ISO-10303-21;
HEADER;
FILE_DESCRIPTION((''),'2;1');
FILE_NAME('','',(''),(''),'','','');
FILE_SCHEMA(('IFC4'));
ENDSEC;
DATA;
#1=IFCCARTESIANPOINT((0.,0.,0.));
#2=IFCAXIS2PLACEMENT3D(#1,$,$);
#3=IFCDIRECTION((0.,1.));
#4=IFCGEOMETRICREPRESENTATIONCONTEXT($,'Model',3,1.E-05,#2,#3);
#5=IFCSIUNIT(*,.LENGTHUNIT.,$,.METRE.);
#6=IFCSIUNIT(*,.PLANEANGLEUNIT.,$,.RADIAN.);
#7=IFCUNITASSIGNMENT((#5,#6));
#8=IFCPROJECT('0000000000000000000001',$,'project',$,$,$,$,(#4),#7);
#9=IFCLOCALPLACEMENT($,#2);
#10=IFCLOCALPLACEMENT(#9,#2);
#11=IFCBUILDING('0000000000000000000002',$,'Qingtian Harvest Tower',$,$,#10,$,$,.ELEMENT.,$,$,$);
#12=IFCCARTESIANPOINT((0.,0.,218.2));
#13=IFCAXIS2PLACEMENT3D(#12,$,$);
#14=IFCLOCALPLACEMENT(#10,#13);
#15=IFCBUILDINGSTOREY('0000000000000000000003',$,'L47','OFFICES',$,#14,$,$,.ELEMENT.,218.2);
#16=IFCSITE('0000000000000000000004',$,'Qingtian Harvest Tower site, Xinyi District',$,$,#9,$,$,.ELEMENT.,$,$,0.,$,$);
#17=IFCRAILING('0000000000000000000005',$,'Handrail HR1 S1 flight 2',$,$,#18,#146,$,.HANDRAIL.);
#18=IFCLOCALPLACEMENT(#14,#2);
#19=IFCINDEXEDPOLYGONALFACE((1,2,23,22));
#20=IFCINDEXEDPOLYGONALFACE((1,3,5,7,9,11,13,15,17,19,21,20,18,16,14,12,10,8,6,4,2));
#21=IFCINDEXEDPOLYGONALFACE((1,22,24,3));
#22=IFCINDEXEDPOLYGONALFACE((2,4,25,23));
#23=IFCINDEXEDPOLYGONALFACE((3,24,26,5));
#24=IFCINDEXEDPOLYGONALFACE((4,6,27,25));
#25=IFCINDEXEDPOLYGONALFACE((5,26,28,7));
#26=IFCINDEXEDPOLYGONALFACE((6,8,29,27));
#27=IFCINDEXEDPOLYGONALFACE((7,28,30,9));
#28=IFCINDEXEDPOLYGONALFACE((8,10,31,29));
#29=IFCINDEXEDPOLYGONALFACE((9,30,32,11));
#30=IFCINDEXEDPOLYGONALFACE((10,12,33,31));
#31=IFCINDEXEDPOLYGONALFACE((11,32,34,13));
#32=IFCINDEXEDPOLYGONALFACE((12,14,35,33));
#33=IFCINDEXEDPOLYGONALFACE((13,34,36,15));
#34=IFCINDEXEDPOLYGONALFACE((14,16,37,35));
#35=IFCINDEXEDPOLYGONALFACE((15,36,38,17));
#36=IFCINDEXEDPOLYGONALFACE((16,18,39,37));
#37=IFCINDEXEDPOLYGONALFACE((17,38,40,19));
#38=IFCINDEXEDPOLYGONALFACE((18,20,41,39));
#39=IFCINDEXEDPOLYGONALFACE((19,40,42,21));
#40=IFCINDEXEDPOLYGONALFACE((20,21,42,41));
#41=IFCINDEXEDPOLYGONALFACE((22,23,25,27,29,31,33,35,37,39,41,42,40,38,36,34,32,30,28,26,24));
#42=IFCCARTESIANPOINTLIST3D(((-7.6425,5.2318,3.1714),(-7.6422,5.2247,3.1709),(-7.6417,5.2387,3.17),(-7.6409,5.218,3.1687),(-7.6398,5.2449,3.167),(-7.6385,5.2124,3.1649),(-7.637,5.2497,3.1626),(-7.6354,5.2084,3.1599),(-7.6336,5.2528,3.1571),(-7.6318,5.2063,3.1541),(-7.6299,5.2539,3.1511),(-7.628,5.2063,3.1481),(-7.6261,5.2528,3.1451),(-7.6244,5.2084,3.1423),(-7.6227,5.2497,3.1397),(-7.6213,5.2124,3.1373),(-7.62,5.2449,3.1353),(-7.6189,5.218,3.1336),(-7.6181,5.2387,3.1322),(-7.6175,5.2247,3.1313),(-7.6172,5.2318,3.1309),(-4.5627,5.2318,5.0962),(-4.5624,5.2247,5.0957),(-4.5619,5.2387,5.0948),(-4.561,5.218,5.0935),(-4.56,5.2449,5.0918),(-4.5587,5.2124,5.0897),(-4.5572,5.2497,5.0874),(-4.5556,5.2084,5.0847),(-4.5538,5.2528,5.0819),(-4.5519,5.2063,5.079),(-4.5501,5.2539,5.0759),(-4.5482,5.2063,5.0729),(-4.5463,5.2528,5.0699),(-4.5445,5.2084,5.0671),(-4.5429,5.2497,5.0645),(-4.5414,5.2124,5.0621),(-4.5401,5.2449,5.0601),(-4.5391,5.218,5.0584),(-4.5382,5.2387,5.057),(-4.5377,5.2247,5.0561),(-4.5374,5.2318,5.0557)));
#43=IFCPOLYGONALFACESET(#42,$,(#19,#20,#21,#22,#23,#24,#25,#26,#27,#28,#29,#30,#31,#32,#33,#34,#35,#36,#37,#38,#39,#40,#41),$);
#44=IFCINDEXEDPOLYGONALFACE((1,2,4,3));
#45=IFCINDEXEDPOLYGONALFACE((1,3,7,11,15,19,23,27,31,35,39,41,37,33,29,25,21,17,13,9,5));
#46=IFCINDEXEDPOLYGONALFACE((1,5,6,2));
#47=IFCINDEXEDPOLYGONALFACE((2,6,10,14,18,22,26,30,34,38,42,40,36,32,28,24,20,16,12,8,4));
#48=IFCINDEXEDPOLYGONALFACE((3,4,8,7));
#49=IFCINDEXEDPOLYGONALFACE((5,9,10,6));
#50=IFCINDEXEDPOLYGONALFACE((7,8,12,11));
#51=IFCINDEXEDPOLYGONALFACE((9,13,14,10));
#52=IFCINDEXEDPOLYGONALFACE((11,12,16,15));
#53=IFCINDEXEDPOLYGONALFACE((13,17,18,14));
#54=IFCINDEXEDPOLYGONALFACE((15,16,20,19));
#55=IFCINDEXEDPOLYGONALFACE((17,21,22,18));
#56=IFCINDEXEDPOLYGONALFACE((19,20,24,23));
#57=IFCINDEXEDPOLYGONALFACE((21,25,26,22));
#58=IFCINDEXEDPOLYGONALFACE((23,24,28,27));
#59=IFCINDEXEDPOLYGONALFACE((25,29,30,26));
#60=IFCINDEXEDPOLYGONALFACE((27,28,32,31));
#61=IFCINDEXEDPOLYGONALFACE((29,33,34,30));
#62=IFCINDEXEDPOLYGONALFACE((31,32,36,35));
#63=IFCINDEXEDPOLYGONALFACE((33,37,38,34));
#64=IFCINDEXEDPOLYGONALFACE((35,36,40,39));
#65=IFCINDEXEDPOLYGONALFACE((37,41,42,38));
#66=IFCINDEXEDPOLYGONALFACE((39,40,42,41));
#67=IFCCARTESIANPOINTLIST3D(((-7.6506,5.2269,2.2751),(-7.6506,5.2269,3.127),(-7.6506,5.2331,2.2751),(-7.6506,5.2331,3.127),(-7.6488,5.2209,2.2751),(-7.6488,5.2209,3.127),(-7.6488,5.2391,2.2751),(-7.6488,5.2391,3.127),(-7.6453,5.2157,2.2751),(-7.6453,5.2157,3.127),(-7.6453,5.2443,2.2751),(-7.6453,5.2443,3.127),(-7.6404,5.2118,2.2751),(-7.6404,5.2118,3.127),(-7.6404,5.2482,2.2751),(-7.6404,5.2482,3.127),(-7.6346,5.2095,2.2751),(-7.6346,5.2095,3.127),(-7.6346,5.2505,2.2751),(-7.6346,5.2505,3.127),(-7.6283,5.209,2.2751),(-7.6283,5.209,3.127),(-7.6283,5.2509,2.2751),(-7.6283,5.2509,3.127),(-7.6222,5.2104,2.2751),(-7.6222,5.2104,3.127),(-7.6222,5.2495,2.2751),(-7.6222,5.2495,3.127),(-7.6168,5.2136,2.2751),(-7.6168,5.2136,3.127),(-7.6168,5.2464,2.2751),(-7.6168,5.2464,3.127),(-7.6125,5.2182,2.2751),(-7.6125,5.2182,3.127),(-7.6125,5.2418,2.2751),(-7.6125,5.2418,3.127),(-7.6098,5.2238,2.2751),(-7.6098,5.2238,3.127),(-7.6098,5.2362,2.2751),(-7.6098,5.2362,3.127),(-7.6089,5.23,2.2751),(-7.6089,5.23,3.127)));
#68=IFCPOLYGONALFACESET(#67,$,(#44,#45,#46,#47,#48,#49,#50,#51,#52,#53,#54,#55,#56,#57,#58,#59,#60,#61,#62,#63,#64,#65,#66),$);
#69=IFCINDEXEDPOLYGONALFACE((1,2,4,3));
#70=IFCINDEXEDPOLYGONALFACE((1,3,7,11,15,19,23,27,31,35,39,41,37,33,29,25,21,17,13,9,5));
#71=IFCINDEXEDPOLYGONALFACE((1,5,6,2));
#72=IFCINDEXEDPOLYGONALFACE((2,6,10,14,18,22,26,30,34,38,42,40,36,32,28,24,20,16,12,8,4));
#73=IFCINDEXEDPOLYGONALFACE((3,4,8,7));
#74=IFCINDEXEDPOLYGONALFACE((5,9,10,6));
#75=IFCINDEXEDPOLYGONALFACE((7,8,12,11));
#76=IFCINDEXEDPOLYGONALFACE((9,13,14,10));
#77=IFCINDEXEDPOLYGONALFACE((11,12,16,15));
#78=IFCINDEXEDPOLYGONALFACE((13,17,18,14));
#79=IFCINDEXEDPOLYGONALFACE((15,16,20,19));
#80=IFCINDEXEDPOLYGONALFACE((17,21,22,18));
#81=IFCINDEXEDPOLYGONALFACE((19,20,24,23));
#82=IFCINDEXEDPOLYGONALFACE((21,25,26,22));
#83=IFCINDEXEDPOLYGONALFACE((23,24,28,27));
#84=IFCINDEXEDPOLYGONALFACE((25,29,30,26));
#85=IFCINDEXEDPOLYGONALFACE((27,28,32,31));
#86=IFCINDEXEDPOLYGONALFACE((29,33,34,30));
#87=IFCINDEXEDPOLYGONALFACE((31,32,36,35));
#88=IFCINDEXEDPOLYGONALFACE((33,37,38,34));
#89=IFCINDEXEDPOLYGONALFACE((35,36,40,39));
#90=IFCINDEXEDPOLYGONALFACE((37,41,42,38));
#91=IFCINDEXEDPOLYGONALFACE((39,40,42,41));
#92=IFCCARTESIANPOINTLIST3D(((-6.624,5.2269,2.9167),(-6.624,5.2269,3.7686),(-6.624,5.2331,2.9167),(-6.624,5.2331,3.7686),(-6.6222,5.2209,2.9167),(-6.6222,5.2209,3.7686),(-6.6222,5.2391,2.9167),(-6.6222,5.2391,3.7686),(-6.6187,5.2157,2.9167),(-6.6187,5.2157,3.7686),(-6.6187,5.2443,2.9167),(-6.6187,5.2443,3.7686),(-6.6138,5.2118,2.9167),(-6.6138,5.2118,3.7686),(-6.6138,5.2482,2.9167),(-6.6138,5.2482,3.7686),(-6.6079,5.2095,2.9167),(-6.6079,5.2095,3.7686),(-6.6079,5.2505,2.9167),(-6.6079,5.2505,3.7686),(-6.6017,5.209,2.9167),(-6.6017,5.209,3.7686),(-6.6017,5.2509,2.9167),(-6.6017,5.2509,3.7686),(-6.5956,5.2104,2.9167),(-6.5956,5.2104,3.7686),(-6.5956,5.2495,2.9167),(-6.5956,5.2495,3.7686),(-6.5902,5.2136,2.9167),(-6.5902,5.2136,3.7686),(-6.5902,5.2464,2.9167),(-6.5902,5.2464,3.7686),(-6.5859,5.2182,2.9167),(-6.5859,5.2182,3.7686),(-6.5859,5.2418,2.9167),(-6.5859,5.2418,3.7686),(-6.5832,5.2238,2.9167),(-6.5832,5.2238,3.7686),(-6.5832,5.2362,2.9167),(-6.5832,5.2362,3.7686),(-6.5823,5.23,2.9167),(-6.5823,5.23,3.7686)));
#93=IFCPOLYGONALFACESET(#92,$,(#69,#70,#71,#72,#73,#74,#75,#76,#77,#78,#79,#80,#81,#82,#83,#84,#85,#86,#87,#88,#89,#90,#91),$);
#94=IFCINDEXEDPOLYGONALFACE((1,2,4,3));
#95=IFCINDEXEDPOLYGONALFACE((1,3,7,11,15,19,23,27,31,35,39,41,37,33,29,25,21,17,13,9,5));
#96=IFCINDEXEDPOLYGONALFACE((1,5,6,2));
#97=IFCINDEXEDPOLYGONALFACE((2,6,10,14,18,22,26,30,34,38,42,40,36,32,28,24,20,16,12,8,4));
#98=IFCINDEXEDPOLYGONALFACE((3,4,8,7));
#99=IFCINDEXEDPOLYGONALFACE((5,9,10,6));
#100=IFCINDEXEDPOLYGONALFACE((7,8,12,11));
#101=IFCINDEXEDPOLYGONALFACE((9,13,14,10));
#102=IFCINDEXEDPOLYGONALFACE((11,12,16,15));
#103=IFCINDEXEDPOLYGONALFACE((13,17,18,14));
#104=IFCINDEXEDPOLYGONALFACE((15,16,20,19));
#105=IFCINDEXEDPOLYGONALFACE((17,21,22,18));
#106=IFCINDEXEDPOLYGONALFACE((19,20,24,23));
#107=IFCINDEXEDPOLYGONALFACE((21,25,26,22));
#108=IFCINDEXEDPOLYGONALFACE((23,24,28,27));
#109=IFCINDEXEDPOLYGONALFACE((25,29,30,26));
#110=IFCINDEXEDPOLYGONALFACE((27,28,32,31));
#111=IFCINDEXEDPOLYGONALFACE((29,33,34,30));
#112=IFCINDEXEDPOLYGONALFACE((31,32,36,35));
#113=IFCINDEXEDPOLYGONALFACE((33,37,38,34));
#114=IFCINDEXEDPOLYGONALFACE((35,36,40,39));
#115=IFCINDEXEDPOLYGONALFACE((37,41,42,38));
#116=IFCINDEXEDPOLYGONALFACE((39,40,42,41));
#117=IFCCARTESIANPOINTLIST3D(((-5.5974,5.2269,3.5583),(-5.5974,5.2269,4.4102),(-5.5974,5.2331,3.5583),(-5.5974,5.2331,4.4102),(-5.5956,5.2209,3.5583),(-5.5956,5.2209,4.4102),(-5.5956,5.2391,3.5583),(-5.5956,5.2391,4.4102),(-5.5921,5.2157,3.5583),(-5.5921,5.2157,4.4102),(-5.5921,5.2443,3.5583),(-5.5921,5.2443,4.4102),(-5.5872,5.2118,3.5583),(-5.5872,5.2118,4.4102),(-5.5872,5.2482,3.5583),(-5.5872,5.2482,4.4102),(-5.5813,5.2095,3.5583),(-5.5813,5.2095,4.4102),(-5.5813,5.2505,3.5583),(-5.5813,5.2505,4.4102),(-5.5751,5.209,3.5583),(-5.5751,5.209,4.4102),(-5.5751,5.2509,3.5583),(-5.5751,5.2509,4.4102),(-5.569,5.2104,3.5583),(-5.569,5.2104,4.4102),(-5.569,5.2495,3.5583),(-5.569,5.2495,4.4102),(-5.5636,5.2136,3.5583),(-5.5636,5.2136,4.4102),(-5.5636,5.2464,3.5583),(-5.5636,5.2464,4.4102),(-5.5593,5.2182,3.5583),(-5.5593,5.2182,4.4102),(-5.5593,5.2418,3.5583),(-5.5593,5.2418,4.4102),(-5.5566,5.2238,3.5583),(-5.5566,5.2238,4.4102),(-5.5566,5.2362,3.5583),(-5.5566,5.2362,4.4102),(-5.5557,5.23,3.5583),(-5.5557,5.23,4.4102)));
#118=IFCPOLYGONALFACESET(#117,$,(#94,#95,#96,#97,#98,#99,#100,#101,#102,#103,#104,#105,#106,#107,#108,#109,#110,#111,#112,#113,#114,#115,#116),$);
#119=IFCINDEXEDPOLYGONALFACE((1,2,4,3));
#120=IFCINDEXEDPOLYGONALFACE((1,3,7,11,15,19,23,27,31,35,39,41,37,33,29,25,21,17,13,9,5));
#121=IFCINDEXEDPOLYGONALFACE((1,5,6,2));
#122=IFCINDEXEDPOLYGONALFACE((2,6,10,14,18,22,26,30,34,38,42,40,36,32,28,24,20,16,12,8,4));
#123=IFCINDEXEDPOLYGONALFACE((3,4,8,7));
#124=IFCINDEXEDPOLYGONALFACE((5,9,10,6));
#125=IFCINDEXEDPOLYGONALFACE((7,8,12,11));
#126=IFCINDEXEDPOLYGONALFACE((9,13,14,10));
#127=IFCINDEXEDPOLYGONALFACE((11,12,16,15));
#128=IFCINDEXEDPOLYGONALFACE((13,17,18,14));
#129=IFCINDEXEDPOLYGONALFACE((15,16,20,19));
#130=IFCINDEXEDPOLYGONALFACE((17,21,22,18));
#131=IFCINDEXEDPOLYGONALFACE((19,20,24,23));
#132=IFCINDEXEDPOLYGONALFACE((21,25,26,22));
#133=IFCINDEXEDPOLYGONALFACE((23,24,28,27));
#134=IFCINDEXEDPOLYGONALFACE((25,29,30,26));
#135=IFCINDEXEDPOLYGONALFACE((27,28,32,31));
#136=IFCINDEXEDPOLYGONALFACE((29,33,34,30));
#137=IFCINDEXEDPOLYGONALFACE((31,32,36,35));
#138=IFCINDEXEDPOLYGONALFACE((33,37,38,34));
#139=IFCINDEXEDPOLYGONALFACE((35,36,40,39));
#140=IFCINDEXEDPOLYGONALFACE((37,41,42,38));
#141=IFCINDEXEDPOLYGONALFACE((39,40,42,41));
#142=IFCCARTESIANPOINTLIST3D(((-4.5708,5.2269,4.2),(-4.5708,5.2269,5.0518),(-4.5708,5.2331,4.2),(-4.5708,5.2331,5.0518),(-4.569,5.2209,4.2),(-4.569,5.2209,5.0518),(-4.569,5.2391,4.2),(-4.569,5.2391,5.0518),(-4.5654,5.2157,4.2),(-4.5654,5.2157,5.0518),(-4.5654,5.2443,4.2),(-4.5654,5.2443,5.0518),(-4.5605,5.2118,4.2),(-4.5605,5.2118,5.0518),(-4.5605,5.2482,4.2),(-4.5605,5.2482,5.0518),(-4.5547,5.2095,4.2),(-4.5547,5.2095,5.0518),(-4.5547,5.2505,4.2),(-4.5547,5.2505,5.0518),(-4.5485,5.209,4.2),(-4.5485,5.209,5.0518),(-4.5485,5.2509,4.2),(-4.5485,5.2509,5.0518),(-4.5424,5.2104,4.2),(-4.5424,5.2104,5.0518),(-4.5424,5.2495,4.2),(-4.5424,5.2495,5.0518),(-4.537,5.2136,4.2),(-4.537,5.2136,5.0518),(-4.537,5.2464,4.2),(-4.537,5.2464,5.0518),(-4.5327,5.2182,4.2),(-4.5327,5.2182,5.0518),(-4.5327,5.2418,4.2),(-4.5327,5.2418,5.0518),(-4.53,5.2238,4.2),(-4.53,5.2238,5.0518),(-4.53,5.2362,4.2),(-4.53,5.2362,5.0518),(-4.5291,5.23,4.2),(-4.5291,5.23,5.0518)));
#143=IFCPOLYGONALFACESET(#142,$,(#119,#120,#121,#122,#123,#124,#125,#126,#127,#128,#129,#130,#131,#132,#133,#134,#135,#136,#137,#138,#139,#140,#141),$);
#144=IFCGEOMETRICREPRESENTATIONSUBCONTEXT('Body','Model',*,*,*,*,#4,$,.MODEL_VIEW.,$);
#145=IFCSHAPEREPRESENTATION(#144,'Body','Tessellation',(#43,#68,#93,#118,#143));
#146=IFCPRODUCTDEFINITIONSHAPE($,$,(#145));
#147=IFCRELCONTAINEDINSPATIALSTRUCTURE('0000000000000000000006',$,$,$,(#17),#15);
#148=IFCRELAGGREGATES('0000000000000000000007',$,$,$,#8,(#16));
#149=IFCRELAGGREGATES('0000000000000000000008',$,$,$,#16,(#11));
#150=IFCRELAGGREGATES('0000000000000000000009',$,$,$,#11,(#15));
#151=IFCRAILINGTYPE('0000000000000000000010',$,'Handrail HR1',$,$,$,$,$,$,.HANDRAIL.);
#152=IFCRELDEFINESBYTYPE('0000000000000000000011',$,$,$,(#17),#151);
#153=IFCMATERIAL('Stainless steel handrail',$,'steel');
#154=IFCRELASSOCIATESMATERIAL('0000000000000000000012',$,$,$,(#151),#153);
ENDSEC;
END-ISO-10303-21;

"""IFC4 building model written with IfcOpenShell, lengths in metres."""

from ifc_helpers import new_model, si_unit, direction, frame, origin, origin_2d, place, context, subcontext, project, spatial, circle, extrude, material, type_object, element, save


model = new_model("IFC4")

# Units and contexts
model_context = context("Model", 3, precision=1e-05, world=origin(), true_north=direction((0.0, 1.0)))
body_context = subcontext(model_context, "Body", "Model", "MODEL_VIEW")
ifc_project = project(units=[si_unit("LENGTHUNIT", "METRE"), si_unit("PLANEANGLEUNIT", "RADIAN")], contexts=[model_context])

# Site, building, storey
site_placement = place(None, origin())
site = spatial("IfcSite", under=ifc_project, at=site_placement, Name="Qingtian Harvest Tower site, Xinyi District", CompositionType="ELEMENT", RefElevation=0.0)
building_placement = place(site_placement, origin())
building = spatial("IfcBuilding", under=site, at=building_placement, Name="Qingtian Harvest Tower", CompositionType="ELEMENT")
storey_placement = place(building_placement, frame((0.0, 0.0, 218.2)))
storey = spatial("IfcBuildingStorey", under=building, at=storey_placement, Name="L47", Description="OFFICES", CompositionType="ELEMENT", Elevation=218.2)

# Railing
ifc_material_1 = material(Name="Stainless steel handrail", Category="steel")
railing_type = type_object("IfcRailingType", Name="Handrail HR1", PredefinedType="HANDRAIL", material=ifc_material_1)
railing_1_placement = place(storey_placement, frame((-7.6299, 5.23, 2.2751)))
element("IfcRailing", 1, at=railing_1_placement, inside=storey, type_object=railing_type, Name="Handrail HR1 S1 flight 2", PredefinedType="HANDRAIL", context=body_context, shape_type="SweptSolid", body=[
    extrude(circle(Radius=0.0239, at=origin_2d()), frame((0.0, 0.0, 0.876), z_axis=(0.84801, 0.0, 0.529981), x_axis=(0.0, 1.0, 0.0)), (0.0, 0.0, 1.0), 3.6318),
    extrude(circle(Radius=0.021, at=origin_2d()), origin(), (0.0, 0.0, 1.0), 0.8518),
    extrude(circle(Radius=0.021, at=origin_2d()), frame((1.0266, 0.0, 0.6416)), (0.0, 0.0, 1.0), 0.8518),
    extrude(circle(Radius=0.021, at=origin_2d()), frame((2.0532, 0.0, 1.2832)), (0.0, 0.0, 1.0), 0.8518),
    extrude(circle(Radius=0.021, at=origin_2d()), frame((3.0798, 0.0, 1.9248)), (0.0, 0.0, 1.0), 0.8518),
])

save(model, "model.ifc")
